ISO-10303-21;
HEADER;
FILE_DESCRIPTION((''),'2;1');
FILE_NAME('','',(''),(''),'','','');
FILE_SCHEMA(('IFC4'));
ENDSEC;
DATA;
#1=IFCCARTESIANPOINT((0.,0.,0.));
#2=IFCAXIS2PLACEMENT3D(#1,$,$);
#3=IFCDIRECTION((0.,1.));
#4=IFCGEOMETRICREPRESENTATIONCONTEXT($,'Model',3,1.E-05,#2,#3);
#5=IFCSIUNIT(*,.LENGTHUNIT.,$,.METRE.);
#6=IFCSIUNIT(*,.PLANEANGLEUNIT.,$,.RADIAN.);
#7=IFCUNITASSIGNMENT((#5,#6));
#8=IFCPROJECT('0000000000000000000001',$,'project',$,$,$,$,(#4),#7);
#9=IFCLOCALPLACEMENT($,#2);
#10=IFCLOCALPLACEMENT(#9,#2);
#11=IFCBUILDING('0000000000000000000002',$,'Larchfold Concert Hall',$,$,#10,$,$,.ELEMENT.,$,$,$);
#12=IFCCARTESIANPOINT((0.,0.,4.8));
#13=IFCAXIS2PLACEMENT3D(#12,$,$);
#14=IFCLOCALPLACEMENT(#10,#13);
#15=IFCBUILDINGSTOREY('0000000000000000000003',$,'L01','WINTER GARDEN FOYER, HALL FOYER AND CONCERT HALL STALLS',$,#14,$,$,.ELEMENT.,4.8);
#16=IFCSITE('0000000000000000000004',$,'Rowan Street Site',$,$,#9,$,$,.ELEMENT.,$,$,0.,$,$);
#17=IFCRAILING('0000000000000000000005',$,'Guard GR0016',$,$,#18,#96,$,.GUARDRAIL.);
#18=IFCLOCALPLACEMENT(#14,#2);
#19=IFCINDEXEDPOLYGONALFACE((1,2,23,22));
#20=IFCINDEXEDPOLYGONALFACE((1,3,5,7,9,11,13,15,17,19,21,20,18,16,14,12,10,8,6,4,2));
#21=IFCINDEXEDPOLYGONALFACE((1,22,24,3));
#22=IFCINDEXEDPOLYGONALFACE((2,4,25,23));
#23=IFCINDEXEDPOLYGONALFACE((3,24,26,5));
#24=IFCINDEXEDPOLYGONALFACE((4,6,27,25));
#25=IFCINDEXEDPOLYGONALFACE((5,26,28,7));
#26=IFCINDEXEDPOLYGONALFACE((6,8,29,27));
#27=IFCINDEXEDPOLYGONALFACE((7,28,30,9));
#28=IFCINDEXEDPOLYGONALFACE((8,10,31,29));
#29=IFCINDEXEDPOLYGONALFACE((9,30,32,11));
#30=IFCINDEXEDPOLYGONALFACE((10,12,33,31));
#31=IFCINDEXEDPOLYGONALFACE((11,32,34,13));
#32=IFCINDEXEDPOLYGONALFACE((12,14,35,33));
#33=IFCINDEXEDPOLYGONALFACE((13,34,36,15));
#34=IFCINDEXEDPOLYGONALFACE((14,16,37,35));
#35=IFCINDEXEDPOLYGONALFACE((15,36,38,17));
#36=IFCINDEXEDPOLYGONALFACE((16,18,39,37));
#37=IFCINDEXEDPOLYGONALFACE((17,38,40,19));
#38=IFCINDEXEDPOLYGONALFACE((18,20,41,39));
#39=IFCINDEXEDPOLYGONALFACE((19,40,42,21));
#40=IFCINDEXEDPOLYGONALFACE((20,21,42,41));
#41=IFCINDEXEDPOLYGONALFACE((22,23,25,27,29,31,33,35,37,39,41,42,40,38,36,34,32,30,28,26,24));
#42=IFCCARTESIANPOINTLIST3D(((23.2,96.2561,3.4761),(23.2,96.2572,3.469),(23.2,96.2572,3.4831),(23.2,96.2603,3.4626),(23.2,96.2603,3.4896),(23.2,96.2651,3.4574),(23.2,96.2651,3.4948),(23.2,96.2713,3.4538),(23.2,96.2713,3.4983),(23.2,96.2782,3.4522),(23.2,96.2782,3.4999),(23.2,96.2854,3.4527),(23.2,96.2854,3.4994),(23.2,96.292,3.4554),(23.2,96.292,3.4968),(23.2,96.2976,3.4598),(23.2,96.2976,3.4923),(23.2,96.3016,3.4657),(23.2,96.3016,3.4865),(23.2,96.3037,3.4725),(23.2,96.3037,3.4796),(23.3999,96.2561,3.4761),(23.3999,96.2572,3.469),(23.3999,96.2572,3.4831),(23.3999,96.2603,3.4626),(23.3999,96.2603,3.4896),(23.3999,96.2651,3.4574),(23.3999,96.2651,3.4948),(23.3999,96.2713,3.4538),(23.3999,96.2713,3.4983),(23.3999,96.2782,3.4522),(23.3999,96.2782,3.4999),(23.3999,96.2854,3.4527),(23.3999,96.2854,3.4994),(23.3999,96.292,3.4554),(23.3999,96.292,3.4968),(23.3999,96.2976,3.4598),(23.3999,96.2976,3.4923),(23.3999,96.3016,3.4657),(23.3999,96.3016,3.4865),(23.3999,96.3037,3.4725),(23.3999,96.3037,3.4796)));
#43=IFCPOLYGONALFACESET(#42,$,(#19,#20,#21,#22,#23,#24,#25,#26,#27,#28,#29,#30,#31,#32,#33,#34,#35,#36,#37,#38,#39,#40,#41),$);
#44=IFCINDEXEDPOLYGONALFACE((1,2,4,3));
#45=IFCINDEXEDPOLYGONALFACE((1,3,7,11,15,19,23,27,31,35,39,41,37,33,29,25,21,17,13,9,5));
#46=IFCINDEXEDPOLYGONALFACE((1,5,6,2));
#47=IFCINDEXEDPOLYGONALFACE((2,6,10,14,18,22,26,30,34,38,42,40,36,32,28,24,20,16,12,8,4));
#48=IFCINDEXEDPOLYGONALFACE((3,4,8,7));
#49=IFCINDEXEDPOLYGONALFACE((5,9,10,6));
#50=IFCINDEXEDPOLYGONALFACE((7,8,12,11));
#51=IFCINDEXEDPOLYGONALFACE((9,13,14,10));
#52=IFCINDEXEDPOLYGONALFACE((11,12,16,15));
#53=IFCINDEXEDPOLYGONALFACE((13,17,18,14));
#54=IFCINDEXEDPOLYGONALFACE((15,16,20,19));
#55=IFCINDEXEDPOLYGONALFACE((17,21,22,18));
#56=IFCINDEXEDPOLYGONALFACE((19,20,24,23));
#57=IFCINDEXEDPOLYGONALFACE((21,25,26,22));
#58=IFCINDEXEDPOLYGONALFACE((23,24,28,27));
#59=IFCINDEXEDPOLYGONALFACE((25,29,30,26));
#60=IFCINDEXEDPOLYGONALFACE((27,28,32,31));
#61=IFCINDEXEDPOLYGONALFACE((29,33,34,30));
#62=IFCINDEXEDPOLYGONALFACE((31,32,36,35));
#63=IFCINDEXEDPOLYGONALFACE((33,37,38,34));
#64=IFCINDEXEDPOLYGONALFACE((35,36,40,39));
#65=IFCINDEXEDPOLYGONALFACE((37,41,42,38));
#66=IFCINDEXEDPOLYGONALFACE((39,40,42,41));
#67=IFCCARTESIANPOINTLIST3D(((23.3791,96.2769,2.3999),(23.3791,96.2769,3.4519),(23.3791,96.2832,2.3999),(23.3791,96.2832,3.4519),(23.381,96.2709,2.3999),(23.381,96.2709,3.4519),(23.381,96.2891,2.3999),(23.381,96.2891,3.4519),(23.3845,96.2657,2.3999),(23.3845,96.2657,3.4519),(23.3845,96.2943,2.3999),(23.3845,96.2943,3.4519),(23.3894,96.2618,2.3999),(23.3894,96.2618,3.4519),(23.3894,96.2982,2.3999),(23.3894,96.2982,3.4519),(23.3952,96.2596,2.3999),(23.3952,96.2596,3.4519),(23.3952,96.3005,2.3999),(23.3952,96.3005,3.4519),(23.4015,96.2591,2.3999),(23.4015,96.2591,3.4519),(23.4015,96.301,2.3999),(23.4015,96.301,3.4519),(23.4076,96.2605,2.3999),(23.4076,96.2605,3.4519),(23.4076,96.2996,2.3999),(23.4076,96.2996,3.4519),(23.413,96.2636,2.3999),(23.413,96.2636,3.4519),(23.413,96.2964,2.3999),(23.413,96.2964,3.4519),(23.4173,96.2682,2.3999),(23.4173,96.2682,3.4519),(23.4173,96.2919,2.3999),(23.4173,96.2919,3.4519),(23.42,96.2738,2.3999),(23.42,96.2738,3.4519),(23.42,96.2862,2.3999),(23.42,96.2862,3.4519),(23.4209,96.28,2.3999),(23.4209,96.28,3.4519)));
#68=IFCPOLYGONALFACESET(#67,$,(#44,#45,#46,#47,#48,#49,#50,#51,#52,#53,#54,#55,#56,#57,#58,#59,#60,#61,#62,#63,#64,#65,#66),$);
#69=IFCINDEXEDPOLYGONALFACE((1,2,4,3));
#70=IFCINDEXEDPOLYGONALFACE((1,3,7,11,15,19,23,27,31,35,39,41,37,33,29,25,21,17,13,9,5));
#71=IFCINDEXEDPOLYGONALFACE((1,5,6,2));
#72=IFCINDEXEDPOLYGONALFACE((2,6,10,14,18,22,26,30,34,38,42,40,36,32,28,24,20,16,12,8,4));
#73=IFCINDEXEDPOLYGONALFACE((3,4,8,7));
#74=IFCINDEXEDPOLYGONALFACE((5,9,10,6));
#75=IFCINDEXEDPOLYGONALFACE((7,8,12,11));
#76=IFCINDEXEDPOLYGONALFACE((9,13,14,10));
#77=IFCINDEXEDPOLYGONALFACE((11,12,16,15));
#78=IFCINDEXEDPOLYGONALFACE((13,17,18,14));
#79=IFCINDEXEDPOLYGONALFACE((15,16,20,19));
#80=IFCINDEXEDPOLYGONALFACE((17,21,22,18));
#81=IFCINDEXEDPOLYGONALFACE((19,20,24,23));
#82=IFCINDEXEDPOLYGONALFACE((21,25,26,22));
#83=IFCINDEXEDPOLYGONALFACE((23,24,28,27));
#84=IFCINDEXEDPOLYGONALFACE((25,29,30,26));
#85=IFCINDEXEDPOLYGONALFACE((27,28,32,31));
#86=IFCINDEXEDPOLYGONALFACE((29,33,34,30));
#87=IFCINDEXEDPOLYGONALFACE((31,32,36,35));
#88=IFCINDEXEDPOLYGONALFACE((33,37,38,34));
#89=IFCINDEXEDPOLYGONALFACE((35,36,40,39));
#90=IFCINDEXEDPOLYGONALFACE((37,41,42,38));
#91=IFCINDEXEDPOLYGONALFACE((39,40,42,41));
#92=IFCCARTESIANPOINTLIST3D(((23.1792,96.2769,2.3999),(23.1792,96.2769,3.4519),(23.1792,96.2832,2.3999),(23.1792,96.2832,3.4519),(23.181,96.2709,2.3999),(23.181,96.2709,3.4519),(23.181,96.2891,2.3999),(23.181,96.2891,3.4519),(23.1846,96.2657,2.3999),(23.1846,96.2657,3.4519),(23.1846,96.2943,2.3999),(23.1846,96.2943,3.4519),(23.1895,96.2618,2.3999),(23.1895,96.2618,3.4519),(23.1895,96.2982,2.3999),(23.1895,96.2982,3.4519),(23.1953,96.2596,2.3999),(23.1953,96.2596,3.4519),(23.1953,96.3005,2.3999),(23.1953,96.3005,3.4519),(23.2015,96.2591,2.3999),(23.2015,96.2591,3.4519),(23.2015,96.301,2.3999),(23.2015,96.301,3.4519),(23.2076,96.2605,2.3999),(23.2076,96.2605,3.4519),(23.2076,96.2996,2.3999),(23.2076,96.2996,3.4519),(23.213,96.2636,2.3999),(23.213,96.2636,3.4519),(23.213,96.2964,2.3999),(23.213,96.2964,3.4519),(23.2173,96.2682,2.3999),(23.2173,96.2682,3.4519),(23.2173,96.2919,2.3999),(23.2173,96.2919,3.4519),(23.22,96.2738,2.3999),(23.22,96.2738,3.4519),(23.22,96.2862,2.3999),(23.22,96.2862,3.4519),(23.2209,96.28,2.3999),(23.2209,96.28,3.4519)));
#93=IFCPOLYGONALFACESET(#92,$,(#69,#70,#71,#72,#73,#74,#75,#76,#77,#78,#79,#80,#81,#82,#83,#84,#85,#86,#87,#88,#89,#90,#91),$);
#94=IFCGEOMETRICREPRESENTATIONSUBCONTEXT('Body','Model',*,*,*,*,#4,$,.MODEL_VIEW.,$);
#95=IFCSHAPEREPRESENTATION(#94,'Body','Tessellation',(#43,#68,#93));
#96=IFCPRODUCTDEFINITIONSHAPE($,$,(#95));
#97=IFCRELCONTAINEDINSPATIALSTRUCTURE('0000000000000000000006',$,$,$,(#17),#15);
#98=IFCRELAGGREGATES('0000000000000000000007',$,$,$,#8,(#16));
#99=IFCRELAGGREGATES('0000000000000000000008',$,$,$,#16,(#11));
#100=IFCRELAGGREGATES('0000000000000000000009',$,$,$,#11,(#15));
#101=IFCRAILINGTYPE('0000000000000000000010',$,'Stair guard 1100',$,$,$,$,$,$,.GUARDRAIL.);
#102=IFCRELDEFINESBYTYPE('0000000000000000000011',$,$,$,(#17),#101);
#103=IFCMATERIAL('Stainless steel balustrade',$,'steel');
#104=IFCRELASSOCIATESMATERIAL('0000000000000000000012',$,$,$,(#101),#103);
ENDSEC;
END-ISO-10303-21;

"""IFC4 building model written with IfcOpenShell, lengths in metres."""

from ifc_helpers import new_model, si_unit, direction, frame, origin, origin_2d, place, context, subcontext, project, spatial, circle, extrude, material, type_object, element, save


model = new_model("IFC4")

# Units and contexts
model_context = context("Model", 3, precision=1e-05, world=origin(), true_north=direction((0.0, 1.0)))
body_context = subcontext(model_context, "Body", "Model", "MODEL_VIEW")
ifc_project = project(units=[si_unit("LENGTHUNIT", "METRE"), si_unit("PLANEANGLEUNIT", "RADIAN")], contexts=[model_context])

# Site, building, storey
site_placement = place(None, origin())
site = spatial("IfcSite", under=ifc_project, at=site_placement, Name="Rowan Street Site", CompositionType="ELEMENT", RefElevation=0.0)
building_placement = place(site_placement, origin())
building = spatial("IfcBuilding", under=site, at=building_placement, Name="Larchfold Concert Hall", CompositionType="ELEMENT")
storey_placement = place(building_placement, frame((0.0, 0.0, 4.8)))
storey = spatial("IfcBuildingStorey", under=building, at=storey_placement, Name="L01", Description="WINTER GARDEN FOYER, HALL FOYER AND CONCERT HALL STALLS", CompositionType="ELEMENT", Elevation=4.8)

# Railing
ifc_material_1 = material(Name="Stainless steel balustrade", Category="steel")
railing_type_1 = type_object("IfcRailingType", Name="Stair guard 1100", PredefinedType="GUARDRAIL", material=ifc_material_1)
railing_1_placement = place(storey_placement, frame((23.3999, 96.28, 2.3999)))
element("IfcRailing", 1, at=railing_1_placement, inside=storey, type_object=railing_type_1, Name="Guard GR0016", PredefinedType="GUARDRAIL", context=body_context, shape_type="SweptSolid", body=[
    extrude(circle(Radius=0.0239, at=origin_2d()), frame((0.0, 0.0, 1.0762), z_axis=(-1.0, 0.0, 0.0), x_axis=(0.0, -1.0, 0.0)), (0.0, 0.0, 1.0), 0.2),
    extrude(circle(Radius=0.021, at=origin_2d()), origin(), (0.0, 0.0, 1.0), 1.052),
    extrude(circle(Radius=0.021, at=origin_2d()), frame((-0.2, 0.0, 0.0)), (0.0, 0.0, 1.0), 1.052),
])

save(model, "model.ifc")
